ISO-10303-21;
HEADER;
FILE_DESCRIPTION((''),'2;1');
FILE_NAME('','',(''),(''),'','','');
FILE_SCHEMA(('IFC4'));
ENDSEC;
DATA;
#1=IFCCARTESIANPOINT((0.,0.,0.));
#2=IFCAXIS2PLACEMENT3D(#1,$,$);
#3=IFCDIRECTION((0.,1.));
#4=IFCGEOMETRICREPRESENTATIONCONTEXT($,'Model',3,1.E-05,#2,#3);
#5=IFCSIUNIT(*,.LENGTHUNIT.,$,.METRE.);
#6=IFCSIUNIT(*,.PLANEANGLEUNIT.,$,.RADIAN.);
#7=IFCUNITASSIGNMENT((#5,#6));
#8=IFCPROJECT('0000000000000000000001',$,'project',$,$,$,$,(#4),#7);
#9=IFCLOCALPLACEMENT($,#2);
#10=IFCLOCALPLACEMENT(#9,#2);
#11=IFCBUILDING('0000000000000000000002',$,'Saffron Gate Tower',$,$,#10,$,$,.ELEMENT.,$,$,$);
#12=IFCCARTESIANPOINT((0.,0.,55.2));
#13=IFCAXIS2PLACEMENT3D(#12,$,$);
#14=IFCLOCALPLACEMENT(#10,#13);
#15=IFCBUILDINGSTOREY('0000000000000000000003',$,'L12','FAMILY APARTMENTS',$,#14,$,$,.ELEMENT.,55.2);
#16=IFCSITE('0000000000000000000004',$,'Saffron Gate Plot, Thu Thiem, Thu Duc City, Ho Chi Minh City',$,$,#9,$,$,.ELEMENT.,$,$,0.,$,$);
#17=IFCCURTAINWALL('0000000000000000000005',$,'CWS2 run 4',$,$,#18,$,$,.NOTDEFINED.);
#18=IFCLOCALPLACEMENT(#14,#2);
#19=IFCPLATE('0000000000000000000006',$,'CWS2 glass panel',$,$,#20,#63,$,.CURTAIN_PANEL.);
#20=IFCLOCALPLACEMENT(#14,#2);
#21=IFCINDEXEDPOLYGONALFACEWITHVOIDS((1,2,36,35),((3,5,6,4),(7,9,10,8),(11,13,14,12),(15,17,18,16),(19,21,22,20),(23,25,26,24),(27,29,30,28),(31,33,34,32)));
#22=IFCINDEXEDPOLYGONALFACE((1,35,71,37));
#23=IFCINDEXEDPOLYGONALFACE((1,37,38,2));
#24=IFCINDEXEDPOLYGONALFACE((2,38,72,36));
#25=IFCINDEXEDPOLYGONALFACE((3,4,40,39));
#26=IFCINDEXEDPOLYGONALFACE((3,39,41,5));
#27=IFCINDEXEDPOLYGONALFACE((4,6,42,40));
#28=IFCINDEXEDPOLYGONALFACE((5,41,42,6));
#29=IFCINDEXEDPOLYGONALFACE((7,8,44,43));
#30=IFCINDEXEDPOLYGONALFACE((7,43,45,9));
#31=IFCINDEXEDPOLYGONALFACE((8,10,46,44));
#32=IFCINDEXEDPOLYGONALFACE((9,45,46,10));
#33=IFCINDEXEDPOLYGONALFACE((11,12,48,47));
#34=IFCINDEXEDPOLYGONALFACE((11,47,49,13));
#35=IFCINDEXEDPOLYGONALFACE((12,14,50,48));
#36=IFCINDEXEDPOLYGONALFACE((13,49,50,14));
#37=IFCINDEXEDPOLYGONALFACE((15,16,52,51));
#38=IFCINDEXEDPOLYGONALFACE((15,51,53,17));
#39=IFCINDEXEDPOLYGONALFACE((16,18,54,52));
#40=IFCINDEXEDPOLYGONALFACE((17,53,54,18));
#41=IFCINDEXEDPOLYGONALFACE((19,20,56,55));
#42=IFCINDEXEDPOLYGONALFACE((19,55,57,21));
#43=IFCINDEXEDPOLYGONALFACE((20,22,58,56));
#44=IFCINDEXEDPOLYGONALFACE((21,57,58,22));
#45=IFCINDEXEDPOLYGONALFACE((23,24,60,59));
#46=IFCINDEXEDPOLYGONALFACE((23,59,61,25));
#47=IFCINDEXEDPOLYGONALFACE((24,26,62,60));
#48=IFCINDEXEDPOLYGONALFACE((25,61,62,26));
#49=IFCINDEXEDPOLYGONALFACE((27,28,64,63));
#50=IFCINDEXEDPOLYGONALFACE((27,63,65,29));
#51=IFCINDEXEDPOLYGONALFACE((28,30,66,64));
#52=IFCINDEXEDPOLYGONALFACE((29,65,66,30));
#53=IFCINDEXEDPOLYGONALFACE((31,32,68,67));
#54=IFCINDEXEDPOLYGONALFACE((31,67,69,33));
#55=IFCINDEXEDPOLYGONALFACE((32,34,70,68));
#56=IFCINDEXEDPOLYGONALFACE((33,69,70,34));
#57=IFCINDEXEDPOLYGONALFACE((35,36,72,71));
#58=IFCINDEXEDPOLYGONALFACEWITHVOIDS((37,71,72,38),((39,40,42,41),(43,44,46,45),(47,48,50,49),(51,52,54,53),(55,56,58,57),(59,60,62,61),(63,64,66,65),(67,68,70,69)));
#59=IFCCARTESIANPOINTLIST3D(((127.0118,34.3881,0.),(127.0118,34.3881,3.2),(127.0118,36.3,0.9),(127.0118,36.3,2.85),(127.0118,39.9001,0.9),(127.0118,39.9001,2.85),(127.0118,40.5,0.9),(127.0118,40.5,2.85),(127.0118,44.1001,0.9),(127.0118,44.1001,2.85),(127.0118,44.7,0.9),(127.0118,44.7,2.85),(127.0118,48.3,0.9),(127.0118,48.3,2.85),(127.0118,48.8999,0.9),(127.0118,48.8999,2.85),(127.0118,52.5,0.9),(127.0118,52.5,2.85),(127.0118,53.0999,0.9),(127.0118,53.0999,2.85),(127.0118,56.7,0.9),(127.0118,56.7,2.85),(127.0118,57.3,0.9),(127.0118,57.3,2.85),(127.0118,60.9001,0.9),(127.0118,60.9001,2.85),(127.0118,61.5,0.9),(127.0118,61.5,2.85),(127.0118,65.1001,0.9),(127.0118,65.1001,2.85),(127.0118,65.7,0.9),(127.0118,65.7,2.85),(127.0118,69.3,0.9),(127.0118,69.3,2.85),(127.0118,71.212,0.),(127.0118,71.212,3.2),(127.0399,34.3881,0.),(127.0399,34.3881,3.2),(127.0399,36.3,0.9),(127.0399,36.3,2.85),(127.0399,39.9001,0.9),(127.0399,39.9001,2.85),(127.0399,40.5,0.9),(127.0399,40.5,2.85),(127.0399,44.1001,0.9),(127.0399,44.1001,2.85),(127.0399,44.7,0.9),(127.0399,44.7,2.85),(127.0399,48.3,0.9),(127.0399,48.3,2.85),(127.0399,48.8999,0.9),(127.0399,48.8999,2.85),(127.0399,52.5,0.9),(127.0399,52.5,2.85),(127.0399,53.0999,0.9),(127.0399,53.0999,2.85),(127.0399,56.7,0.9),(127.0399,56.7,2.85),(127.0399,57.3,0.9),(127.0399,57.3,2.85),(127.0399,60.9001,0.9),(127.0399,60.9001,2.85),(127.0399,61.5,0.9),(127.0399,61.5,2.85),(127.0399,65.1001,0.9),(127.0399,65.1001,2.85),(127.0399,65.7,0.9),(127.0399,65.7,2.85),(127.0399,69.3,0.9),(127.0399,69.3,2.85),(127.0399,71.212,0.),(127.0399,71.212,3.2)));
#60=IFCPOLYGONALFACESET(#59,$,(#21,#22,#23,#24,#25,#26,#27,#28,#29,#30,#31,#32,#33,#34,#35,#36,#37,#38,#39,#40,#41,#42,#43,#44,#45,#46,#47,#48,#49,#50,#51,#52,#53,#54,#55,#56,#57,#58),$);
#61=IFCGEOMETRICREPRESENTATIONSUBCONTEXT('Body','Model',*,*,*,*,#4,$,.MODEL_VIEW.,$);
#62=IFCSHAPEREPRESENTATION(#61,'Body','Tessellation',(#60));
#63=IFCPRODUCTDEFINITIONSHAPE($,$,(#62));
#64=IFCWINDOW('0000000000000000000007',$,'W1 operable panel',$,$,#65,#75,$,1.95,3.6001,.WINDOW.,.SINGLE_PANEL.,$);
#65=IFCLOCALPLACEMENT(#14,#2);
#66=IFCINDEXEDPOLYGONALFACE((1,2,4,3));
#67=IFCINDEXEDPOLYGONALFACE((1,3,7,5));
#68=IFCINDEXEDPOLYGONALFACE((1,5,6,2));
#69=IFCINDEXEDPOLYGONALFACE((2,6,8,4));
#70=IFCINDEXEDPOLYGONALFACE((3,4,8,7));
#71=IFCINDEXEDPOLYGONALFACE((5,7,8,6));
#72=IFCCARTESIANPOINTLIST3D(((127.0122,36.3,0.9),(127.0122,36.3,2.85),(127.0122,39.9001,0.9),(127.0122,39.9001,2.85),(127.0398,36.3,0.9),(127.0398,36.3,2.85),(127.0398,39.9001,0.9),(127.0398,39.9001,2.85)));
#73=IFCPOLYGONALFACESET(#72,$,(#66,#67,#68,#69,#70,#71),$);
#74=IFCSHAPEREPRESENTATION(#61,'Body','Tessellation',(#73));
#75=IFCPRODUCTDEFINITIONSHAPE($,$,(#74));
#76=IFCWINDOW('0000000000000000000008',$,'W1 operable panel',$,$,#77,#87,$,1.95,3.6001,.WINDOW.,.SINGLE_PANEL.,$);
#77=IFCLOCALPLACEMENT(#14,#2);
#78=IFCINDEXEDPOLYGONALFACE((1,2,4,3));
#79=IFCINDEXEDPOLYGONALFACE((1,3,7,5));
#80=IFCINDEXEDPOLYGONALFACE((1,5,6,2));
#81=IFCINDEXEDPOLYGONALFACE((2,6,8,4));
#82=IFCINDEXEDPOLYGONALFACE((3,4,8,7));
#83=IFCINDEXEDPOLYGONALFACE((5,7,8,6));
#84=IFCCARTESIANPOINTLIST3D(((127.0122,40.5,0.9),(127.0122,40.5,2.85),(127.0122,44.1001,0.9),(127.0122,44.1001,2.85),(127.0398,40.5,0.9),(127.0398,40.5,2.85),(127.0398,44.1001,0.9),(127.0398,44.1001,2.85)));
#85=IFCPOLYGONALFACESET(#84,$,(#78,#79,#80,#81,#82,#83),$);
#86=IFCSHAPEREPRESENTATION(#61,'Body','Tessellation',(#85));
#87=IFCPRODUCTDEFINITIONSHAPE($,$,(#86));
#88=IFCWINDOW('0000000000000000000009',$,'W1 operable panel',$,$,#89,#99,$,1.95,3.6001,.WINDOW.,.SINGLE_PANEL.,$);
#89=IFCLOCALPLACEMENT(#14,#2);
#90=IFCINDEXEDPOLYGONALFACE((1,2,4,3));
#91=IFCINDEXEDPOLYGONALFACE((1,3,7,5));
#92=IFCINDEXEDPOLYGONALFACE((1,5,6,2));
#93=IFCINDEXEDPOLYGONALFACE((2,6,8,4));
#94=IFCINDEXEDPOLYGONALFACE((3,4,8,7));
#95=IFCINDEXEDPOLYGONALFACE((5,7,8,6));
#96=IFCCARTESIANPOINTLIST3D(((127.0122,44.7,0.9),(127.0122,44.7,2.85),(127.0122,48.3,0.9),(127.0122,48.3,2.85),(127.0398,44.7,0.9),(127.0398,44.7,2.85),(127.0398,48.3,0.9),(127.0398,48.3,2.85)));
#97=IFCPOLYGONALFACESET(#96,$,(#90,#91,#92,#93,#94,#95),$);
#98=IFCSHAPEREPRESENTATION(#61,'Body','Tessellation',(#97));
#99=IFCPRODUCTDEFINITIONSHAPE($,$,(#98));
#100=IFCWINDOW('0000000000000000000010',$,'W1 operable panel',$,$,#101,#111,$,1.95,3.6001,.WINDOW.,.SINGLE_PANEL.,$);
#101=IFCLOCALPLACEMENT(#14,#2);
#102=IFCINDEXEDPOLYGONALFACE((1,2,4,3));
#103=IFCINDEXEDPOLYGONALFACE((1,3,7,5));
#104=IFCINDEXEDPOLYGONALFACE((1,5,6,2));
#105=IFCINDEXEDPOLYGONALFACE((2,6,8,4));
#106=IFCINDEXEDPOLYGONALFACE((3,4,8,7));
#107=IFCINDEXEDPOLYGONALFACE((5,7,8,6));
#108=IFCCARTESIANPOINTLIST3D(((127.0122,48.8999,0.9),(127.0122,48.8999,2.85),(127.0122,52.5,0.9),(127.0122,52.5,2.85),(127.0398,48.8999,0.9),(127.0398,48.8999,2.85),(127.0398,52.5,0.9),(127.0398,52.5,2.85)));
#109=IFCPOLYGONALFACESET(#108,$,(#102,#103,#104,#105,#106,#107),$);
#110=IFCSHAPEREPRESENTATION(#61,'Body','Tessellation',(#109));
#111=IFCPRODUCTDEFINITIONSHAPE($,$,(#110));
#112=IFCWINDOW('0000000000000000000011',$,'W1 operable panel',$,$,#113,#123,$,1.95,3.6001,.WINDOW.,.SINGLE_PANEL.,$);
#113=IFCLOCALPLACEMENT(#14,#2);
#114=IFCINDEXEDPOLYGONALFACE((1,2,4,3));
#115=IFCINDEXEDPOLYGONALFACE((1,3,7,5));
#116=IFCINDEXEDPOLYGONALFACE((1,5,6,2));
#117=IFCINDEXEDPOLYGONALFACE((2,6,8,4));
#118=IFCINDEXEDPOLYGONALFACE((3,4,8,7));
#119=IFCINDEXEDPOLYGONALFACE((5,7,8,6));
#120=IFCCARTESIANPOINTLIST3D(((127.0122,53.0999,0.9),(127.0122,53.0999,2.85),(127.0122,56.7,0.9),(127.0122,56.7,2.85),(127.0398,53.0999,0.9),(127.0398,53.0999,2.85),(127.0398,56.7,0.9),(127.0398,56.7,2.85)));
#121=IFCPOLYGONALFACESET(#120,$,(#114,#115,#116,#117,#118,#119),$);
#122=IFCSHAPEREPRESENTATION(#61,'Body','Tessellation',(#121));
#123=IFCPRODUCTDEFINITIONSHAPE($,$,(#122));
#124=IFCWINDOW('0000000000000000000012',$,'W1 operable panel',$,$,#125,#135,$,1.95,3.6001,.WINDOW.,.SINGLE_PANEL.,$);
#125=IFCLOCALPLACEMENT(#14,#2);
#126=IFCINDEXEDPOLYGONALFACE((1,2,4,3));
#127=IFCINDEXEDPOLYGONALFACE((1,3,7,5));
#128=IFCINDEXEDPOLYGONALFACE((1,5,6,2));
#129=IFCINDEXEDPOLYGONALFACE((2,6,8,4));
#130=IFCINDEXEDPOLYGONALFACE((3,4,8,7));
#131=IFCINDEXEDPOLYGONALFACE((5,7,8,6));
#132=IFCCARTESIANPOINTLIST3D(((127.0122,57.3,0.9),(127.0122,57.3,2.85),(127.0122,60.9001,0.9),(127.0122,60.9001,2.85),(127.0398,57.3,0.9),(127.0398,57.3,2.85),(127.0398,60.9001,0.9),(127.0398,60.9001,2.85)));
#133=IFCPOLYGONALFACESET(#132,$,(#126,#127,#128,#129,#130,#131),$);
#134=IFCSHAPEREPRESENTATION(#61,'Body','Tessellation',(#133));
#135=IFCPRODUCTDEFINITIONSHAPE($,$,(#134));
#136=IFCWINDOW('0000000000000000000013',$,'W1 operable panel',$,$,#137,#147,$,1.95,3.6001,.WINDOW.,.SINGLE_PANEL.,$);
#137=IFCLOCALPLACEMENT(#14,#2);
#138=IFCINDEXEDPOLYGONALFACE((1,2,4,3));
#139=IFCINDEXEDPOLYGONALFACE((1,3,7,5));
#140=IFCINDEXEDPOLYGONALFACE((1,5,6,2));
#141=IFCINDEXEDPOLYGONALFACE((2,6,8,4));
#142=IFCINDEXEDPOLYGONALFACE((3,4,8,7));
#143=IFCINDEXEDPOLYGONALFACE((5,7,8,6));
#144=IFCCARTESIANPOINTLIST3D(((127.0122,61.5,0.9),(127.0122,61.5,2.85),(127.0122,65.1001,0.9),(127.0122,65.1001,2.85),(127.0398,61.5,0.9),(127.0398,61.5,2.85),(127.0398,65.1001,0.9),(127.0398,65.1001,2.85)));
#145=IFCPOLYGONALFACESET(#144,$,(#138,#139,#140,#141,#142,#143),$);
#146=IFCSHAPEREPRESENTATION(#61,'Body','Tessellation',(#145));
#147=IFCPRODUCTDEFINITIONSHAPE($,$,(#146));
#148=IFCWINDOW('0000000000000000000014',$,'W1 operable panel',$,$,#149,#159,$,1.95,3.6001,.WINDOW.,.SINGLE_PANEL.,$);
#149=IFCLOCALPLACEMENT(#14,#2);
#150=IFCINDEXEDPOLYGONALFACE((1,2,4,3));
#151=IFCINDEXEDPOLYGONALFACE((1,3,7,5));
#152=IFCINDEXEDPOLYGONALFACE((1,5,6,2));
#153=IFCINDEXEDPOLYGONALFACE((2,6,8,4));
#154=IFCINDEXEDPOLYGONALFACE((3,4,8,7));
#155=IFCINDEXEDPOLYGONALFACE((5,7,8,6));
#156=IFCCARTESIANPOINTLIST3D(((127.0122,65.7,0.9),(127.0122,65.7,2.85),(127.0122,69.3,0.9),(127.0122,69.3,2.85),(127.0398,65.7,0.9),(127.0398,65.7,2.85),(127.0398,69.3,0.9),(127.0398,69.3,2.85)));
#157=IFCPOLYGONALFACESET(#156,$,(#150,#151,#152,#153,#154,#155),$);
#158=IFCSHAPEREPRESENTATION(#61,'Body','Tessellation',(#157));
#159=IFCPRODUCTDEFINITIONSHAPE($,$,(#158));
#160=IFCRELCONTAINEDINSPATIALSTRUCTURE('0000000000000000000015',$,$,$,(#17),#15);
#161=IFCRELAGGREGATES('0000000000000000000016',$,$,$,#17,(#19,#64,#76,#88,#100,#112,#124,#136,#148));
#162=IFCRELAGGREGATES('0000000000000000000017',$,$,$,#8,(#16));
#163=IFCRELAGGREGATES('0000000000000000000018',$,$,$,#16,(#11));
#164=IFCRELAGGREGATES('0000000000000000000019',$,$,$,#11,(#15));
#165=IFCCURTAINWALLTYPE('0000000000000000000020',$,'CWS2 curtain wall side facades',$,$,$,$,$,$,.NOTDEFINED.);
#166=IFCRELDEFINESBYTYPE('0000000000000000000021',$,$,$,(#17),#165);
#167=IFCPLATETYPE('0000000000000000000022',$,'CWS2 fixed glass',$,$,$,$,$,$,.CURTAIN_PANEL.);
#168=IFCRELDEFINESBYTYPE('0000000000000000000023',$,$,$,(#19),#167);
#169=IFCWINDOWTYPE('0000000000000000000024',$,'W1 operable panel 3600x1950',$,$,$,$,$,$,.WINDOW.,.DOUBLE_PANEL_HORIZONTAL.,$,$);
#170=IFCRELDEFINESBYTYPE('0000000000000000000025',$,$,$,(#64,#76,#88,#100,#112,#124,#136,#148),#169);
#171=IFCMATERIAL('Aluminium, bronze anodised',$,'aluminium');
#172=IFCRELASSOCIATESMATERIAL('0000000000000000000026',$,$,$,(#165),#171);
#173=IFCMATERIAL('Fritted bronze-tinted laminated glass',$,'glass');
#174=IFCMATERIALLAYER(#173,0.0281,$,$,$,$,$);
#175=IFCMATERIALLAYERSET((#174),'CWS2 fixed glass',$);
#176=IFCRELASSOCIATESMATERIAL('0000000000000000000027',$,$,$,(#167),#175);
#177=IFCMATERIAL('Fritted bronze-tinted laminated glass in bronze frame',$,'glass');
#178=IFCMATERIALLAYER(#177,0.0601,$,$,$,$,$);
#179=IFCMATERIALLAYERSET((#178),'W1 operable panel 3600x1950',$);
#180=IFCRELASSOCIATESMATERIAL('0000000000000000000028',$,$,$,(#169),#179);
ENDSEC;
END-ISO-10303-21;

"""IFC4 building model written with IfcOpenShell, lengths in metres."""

from ifc_helpers import new_model, si_unit, direction, frame, frame_2d, origin, place, context, subcontext, project, spatial, rectangle, extrude, material, layer, layer_set, type_object, element, fill, aggregate, save


model = new_model("IFC4")

# Units and contexts
model_context = context("Model", 3, precision=1e-05, world=origin(), true_north=direction((0.0, 1.0)))
body_context = subcontext(model_context, "Body", "Model", "MODEL_VIEW")
ifc_project = project(units=[si_unit("LENGTHUNIT", "METRE"), si_unit("PLANEANGLEUNIT", "RADIAN")], contexts=[model_context])

# Site, building, storey
site_placement = place(None, origin())
site = spatial("IfcSite", under=ifc_project, at=site_placement, Name="Saffron Gate Plot, Thu Thiem, Thu Duc City, Ho Chi Minh City", CompositionType="ELEMENT", RefElevation=0.0)
building_placement = place(site_placement, origin())
building = spatial("IfcBuilding", under=site, at=building_placement, Name="Saffron Gate Tower", CompositionType="ELEMENT")
storey_placement = place(building_placement, frame((0.0, 0.0, 55.2)))
storey = spatial("IfcBuildingStorey", under=building, at=storey_placement, Name="L12", Description="FAMILY APARTMENTS", CompositionType="ELEMENT", Elevation=55.2)

# Curtain wall
ifc_material_1 = material(Name="Aluminium, bronze anodised", Category="aluminium")
curtain_wall_type_1 = type_object("IfcCurtainWallType", Name="CWS2 curtain wall side facades", PredefinedType="NOTDEFINED", material=ifc_material_1)
curtain_wall_1_placement = place(storey_placement, origin())
curtain_wall_1 = element("IfcCurtainWall", 1, at=curtain_wall_1_placement, inside=storey, type_object=curtain_wall_type_1, Name="CWS2 run 4", PredefinedType="NOTDEFINED")

# Plate, openings, windows
ifc_material_2 = material(Name="Fritted bronze-tinted laminated glass", Category="glass")
ifc_layer_1 = layer(ifc_material_2, 0.0281)
ifc_layer_set_1 = layer_set([ifc_layer_1], Name="CWS2 fixed glass")
plate_type_1 = type_object("IfcPlateType", Name="CWS2 fixed glass", PredefinedType="CURTAIN_PANEL", material=ifc_layer_set_1)
plate_1_placement = place(storey_placement, frame((127.0259, 34.3879, 0.0), z_axis=(0.0, 0.0, 1.0), x_axis=(0.0, 1.0, 0.0)))
plate_1 = element("IfcPlate", 2, at=plate_1_placement, type_object=plate_type_1, Name="CWS2 glass panel", PredefinedType="CURTAIN_PANEL", context=body_context, shape_type="SweptSolid", body=[
    extrude(rectangle(XDim=36.824, YDim=0.0281, at=frame_2d((18.4121, 0.0))), origin(), (0.0, 0.0, 1.0), 3.2),
])
opening_1_placement = place(plate_1_placement, frame((1.9121, 0.0, 0.8999)))
opening_1 = element("IfcOpeningElement", 3, at=opening_1_placement, cuts=plate_1, PredefinedType="OPENING", context=body_context, shape_type="SweptSolid", body=[
    extrude(rectangle(XDim=3.6001, YDim=1.95, at=frame_2d((1.8, 0.9751))), frame((0.0, 0.0239, 0.0), z_axis=(0.0, -1.0, 0.0), x_axis=(1.0, 0.0, 0.0)), (0.0, 0.0, 1.0), 0.0481),
])
opening_2_placement = place(plate_1_placement, frame((6.1121, 0.0, 0.8999)))
opening_2 = element("IfcOpeningElement", 4, at=opening_2_placement, cuts=plate_1, PredefinedType="OPENING", context=body_context, shape_type="SweptSolid", body=[
    extrude(rectangle(XDim=3.6001, YDim=1.95, at=frame_2d((1.8, 0.9751))), frame((0.0, 0.0239, 0.0), z_axis=(0.0, -1.0, 0.0), x_axis=(1.0, 0.0, 0.0)), (0.0, 0.0, 1.0), 0.0481),
])
opening_3_placement = place(plate_1_placement, frame((10.312, 0.0, 0.8999)))
opening_3 = element("IfcOpeningElement", 5, at=opening_3_placement, cuts=plate_1, PredefinedType="OPENING", context=body_context, shape_type="SweptSolid", body=[
    extrude(rectangle(XDim=3.6001, YDim=1.95, at=frame_2d((1.8, 0.9751))), frame((0.0, 0.0239, 0.0), z_axis=(0.0, -1.0, 0.0), x_axis=(1.0, 0.0, 0.0)), (0.0, 0.0, 1.0), 0.0481),
])
opening_4_placement = place(plate_1_placement, frame((14.512, 0.0, 0.8999)))
opening_4 = element("IfcOpeningElement", 6, at=opening_4_placement, cuts=plate_1, PredefinedType="OPENING", context=body_context, shape_type="SweptSolid", body=[
    extrude(rectangle(XDim=3.6001, YDim=1.95, at=frame_2d((1.8, 0.9751))), frame((0.0, 0.0239, 0.0), z_axis=(0.0, -1.0, 0.0), x_axis=(1.0, 0.0, 0.0)), (0.0, 0.0, 1.0), 0.0481),
])
opening_5_placement = place(plate_1_placement, frame((18.7119, 0.0, 0.8999)))
opening_5 = element("IfcOpeningElement", 7, at=opening_5_placement, cuts=plate_1, PredefinedType="OPENING", context=body_context, shape_type="SweptSolid", body=[
    extrude(rectangle(XDim=3.6001, YDim=1.95, at=frame_2d((1.8, 0.9751))), frame((0.0, 0.0239, 0.0), z_axis=(0.0, -1.0, 0.0), x_axis=(1.0, 0.0, 0.0)), (0.0, 0.0, 1.0), 0.0481),
])
opening_6_placement = place(plate_1_placement, frame((22.9121, 0.0, 0.8999)))
opening_6 = element("IfcOpeningElement", 8, at=opening_6_placement, cuts=plate_1, PredefinedType="OPENING", context=body_context, shape_type="SweptSolid", body=[
    extrude(rectangle(XDim=3.6001, YDim=1.95, at=frame_2d((1.8, 0.9751))), frame((0.0, 0.0239, 0.0), z_axis=(0.0, -1.0, 0.0), x_axis=(1.0, 0.0, 0.0)), (0.0, 0.0, 1.0), 0.0481),
])
opening_7_placement = place(plate_1_placement, frame((27.1121, 0.0, 0.8999)))
opening_7 = element("IfcOpeningElement", 9, at=opening_7_placement, cuts=plate_1, PredefinedType="OPENING", context=body_context, shape_type="SweptSolid", body=[
    extrude(rectangle(XDim=3.6001, YDim=1.95, at=frame_2d((1.8, 0.9751))), frame((0.0, 0.0239, 0.0), z_axis=(0.0, -1.0, 0.0), x_axis=(1.0, 0.0, 0.0)), (0.0, 0.0, 1.0), 0.0481),
])
opening_8_placement = place(plate_1_placement, frame((31.312, 0.0, 0.8999)))
opening_8 = element("IfcOpeningElement", 10, at=opening_8_placement, cuts=plate_1, PredefinedType="OPENING", context=body_context, shape_type="SweptSolid", body=[
    extrude(rectangle(XDim=3.6001, YDim=1.95, at=frame_2d((1.8, 0.9751))), frame((0.0, 0.0239, 0.0), z_axis=(0.0, -1.0, 0.0), x_axis=(1.0, 0.0, 0.0)), (0.0, 0.0, 1.0), 0.0481),
])
ifc_material_3 = material(Name="Fritted bronze-tinted laminated glass in bronze frame", Category="glass")
ifc_layer_2 = layer(ifc_material_3, 0.0601)
ifc_layer_set_2 = layer_set([ifc_layer_2], Name="W1 operable panel 3600x1950")
window_type = type_object("IfcWindowType", Name="W1 operable panel 3600x1950", PartitioningType="DOUBLE_PANEL_HORIZONTAL", PredefinedType="WINDOW", material=ifc_layer_set_2)
window_1_placement = place(opening_1_placement, origin())
window_1 = element("IfcWindow", 11, at=window_1_placement, type_object=window_type, Name="W1 operable panel", OverallHeight=1.95, OverallWidth=3.6001, PartitioningType="SINGLE_PANEL", PredefinedType="WINDOW", context=body_context, shape_type="SweptSolid", body=[
    extrude(rectangle(XDim=3.6001, YDim=1.95, at=frame_2d((1.8, 0.9751))), frame((0.0, 0.0137, 0.0), z_axis=(0.0, -1.0, 0.0), x_axis=(1.0, 0.0, 0.0)), (0.0, 0.0, 1.0), 0.0276),
])
fill(opening_1, window_1)
window_2_placement = place(opening_2_placement, origin())
window_2 = element("IfcWindow", 12, at=window_2_placement, type_object=window_type, Name="W1 operable panel", OverallHeight=1.95, OverallWidth=3.6001, PartitioningType="SINGLE_PANEL", PredefinedType="WINDOW", context=body_context, shape_type="SweptSolid", body=[
    extrude(rectangle(XDim=3.6001, YDim=1.95, at=frame_2d((1.8, 0.9751))), frame((0.0, 0.0137, 0.0), z_axis=(0.0, -1.0, 0.0), x_axis=(1.0, 0.0, 0.0)), (0.0, 0.0, 1.0), 0.0276),
])
fill(opening_2, window_2)
window_3_placement = place(opening_3_placement, origin())
window_3 = element("IfcWindow", 13, at=window_3_placement, type_object=window_type, Name="W1 operable panel", OverallHeight=1.95, OverallWidth=3.6001, PartitioningType="SINGLE_PANEL", PredefinedType="WINDOW", context=body_context, shape_type="SweptSolid", body=[
    extrude(rectangle(XDim=3.6001, YDim=1.95, at=frame_2d((1.8, 0.9751))), frame((0.0, 0.0137, 0.0), z_axis=(0.0, -1.0, 0.0), x_axis=(1.0, 0.0, 0.0)), (0.0, 0.0, 1.0), 0.0276),
])
fill(opening_3, window_3)
window_4_placement = place(opening_4_placement, origin())
window_4 = element("IfcWindow", 14, at=window_4_placement, type_object=window_type, Name="W1 operable panel", OverallHeight=1.95, OverallWidth=3.6001, PartitioningType="SINGLE_PANEL", PredefinedType="WINDOW", context=body_context, shape_type="SweptSolid", body=[
    extrude(rectangle(XDim=3.6001, YDim=1.95, at=frame_2d((1.8, 0.9751))), frame((0.0, 0.0137, 0.0), z_axis=(0.0, -1.0, 0.0), x_axis=(1.0, 0.0, 0.0)), (0.0, 0.0, 1.0), 0.0276),
])
fill(opening_4, window_4)
window_5_placement = place(opening_5_placement, origin())
window_5 = element("IfcWindow", 15, at=window_5_placement, type_object=window_type, Name="W1 operable panel", OverallHeight=1.95, OverallWidth=3.6001, PartitioningType="SINGLE_PANEL", PredefinedType="WINDOW", context=body_context, shape_type="SweptSolid", body=[
    extrude(rectangle(XDim=3.6001, YDim=1.95, at=frame_2d((1.8, 0.9751))), frame((0.0, 0.0137, 0.0), z_axis=(0.0, -1.0, 0.0), x_axis=(1.0, 0.0, 0.0)), (0.0, 0.0, 1.0), 0.0276),
])
fill(opening_5, window_5)
window_6_placement = place(opening_6_placement, origin())
window_6 = element("IfcWindow", 16, at=window_6_placement, type_object=window_type, Name="W1 operable panel", OverallHeight=1.95, OverallWidth=3.6001, PartitioningType="SINGLE_PANEL", PredefinedType="WINDOW", context=body_context, shape_type="SweptSolid", body=[
    extrude(rectangle(XDim=3.6001, YDim=1.95, at=frame_2d((1.8, 0.9751))), frame((0.0, 0.0137, 0.0), z_axis=(0.0, -1.0, 0.0), x_axis=(1.0, 0.0, 0.0)), (0.0, 0.0, 1.0), 0.0276),
])
fill(opening_6, window_6)
window_7_placement = place(opening_7_placement, origin())
window_7 = element("IfcWindow", 17, at=window_7_placement, type_object=window_type, Name="W1 operable panel", OverallHeight=1.95, OverallWidth=3.6001, PartitioningType="SINGLE_PANEL", PredefinedType="WINDOW", context=body_context, shape_type="SweptSolid", body=[
    extrude(rectangle(XDim=3.6001, YDim=1.95, at=frame_2d((1.8, 0.9751))), frame((0.0, 0.0137, 0.0), z_axis=(0.0, -1.0, 0.0), x_axis=(1.0, 0.0, 0.0)), (0.0, 0.0, 1.0), 0.0276),
])
fill(opening_7, window_7)
window_8_placement = place(opening_8_placement, origin())
window_8 = element("IfcWindow", 18, at=window_8_placement, type_object=window_type, Name="W1 operable panel", OverallHeight=1.95, OverallWidth=3.6001, PartitioningType="SINGLE_PANEL", PredefinedType="WINDOW", context=body_context, shape_type="SweptSolid", body=[
    extrude(rectangle(XDim=3.6001, YDim=1.95, at=frame_2d((1.8, 0.9751))), frame((0.0, 0.0137, 0.0), z_axis=(0.0, -1.0, 0.0), x_axis=(1.0, 0.0, 0.0)), (0.0, 0.0, 1.0), 0.0276),
])
fill(opening_8, window_8)
aggregate(curtain_wall_1, [plate_1, window_1, window_2, window_3, window_4, window_5, window_6, window_7, window_8])

save(model, "model.ifc")
